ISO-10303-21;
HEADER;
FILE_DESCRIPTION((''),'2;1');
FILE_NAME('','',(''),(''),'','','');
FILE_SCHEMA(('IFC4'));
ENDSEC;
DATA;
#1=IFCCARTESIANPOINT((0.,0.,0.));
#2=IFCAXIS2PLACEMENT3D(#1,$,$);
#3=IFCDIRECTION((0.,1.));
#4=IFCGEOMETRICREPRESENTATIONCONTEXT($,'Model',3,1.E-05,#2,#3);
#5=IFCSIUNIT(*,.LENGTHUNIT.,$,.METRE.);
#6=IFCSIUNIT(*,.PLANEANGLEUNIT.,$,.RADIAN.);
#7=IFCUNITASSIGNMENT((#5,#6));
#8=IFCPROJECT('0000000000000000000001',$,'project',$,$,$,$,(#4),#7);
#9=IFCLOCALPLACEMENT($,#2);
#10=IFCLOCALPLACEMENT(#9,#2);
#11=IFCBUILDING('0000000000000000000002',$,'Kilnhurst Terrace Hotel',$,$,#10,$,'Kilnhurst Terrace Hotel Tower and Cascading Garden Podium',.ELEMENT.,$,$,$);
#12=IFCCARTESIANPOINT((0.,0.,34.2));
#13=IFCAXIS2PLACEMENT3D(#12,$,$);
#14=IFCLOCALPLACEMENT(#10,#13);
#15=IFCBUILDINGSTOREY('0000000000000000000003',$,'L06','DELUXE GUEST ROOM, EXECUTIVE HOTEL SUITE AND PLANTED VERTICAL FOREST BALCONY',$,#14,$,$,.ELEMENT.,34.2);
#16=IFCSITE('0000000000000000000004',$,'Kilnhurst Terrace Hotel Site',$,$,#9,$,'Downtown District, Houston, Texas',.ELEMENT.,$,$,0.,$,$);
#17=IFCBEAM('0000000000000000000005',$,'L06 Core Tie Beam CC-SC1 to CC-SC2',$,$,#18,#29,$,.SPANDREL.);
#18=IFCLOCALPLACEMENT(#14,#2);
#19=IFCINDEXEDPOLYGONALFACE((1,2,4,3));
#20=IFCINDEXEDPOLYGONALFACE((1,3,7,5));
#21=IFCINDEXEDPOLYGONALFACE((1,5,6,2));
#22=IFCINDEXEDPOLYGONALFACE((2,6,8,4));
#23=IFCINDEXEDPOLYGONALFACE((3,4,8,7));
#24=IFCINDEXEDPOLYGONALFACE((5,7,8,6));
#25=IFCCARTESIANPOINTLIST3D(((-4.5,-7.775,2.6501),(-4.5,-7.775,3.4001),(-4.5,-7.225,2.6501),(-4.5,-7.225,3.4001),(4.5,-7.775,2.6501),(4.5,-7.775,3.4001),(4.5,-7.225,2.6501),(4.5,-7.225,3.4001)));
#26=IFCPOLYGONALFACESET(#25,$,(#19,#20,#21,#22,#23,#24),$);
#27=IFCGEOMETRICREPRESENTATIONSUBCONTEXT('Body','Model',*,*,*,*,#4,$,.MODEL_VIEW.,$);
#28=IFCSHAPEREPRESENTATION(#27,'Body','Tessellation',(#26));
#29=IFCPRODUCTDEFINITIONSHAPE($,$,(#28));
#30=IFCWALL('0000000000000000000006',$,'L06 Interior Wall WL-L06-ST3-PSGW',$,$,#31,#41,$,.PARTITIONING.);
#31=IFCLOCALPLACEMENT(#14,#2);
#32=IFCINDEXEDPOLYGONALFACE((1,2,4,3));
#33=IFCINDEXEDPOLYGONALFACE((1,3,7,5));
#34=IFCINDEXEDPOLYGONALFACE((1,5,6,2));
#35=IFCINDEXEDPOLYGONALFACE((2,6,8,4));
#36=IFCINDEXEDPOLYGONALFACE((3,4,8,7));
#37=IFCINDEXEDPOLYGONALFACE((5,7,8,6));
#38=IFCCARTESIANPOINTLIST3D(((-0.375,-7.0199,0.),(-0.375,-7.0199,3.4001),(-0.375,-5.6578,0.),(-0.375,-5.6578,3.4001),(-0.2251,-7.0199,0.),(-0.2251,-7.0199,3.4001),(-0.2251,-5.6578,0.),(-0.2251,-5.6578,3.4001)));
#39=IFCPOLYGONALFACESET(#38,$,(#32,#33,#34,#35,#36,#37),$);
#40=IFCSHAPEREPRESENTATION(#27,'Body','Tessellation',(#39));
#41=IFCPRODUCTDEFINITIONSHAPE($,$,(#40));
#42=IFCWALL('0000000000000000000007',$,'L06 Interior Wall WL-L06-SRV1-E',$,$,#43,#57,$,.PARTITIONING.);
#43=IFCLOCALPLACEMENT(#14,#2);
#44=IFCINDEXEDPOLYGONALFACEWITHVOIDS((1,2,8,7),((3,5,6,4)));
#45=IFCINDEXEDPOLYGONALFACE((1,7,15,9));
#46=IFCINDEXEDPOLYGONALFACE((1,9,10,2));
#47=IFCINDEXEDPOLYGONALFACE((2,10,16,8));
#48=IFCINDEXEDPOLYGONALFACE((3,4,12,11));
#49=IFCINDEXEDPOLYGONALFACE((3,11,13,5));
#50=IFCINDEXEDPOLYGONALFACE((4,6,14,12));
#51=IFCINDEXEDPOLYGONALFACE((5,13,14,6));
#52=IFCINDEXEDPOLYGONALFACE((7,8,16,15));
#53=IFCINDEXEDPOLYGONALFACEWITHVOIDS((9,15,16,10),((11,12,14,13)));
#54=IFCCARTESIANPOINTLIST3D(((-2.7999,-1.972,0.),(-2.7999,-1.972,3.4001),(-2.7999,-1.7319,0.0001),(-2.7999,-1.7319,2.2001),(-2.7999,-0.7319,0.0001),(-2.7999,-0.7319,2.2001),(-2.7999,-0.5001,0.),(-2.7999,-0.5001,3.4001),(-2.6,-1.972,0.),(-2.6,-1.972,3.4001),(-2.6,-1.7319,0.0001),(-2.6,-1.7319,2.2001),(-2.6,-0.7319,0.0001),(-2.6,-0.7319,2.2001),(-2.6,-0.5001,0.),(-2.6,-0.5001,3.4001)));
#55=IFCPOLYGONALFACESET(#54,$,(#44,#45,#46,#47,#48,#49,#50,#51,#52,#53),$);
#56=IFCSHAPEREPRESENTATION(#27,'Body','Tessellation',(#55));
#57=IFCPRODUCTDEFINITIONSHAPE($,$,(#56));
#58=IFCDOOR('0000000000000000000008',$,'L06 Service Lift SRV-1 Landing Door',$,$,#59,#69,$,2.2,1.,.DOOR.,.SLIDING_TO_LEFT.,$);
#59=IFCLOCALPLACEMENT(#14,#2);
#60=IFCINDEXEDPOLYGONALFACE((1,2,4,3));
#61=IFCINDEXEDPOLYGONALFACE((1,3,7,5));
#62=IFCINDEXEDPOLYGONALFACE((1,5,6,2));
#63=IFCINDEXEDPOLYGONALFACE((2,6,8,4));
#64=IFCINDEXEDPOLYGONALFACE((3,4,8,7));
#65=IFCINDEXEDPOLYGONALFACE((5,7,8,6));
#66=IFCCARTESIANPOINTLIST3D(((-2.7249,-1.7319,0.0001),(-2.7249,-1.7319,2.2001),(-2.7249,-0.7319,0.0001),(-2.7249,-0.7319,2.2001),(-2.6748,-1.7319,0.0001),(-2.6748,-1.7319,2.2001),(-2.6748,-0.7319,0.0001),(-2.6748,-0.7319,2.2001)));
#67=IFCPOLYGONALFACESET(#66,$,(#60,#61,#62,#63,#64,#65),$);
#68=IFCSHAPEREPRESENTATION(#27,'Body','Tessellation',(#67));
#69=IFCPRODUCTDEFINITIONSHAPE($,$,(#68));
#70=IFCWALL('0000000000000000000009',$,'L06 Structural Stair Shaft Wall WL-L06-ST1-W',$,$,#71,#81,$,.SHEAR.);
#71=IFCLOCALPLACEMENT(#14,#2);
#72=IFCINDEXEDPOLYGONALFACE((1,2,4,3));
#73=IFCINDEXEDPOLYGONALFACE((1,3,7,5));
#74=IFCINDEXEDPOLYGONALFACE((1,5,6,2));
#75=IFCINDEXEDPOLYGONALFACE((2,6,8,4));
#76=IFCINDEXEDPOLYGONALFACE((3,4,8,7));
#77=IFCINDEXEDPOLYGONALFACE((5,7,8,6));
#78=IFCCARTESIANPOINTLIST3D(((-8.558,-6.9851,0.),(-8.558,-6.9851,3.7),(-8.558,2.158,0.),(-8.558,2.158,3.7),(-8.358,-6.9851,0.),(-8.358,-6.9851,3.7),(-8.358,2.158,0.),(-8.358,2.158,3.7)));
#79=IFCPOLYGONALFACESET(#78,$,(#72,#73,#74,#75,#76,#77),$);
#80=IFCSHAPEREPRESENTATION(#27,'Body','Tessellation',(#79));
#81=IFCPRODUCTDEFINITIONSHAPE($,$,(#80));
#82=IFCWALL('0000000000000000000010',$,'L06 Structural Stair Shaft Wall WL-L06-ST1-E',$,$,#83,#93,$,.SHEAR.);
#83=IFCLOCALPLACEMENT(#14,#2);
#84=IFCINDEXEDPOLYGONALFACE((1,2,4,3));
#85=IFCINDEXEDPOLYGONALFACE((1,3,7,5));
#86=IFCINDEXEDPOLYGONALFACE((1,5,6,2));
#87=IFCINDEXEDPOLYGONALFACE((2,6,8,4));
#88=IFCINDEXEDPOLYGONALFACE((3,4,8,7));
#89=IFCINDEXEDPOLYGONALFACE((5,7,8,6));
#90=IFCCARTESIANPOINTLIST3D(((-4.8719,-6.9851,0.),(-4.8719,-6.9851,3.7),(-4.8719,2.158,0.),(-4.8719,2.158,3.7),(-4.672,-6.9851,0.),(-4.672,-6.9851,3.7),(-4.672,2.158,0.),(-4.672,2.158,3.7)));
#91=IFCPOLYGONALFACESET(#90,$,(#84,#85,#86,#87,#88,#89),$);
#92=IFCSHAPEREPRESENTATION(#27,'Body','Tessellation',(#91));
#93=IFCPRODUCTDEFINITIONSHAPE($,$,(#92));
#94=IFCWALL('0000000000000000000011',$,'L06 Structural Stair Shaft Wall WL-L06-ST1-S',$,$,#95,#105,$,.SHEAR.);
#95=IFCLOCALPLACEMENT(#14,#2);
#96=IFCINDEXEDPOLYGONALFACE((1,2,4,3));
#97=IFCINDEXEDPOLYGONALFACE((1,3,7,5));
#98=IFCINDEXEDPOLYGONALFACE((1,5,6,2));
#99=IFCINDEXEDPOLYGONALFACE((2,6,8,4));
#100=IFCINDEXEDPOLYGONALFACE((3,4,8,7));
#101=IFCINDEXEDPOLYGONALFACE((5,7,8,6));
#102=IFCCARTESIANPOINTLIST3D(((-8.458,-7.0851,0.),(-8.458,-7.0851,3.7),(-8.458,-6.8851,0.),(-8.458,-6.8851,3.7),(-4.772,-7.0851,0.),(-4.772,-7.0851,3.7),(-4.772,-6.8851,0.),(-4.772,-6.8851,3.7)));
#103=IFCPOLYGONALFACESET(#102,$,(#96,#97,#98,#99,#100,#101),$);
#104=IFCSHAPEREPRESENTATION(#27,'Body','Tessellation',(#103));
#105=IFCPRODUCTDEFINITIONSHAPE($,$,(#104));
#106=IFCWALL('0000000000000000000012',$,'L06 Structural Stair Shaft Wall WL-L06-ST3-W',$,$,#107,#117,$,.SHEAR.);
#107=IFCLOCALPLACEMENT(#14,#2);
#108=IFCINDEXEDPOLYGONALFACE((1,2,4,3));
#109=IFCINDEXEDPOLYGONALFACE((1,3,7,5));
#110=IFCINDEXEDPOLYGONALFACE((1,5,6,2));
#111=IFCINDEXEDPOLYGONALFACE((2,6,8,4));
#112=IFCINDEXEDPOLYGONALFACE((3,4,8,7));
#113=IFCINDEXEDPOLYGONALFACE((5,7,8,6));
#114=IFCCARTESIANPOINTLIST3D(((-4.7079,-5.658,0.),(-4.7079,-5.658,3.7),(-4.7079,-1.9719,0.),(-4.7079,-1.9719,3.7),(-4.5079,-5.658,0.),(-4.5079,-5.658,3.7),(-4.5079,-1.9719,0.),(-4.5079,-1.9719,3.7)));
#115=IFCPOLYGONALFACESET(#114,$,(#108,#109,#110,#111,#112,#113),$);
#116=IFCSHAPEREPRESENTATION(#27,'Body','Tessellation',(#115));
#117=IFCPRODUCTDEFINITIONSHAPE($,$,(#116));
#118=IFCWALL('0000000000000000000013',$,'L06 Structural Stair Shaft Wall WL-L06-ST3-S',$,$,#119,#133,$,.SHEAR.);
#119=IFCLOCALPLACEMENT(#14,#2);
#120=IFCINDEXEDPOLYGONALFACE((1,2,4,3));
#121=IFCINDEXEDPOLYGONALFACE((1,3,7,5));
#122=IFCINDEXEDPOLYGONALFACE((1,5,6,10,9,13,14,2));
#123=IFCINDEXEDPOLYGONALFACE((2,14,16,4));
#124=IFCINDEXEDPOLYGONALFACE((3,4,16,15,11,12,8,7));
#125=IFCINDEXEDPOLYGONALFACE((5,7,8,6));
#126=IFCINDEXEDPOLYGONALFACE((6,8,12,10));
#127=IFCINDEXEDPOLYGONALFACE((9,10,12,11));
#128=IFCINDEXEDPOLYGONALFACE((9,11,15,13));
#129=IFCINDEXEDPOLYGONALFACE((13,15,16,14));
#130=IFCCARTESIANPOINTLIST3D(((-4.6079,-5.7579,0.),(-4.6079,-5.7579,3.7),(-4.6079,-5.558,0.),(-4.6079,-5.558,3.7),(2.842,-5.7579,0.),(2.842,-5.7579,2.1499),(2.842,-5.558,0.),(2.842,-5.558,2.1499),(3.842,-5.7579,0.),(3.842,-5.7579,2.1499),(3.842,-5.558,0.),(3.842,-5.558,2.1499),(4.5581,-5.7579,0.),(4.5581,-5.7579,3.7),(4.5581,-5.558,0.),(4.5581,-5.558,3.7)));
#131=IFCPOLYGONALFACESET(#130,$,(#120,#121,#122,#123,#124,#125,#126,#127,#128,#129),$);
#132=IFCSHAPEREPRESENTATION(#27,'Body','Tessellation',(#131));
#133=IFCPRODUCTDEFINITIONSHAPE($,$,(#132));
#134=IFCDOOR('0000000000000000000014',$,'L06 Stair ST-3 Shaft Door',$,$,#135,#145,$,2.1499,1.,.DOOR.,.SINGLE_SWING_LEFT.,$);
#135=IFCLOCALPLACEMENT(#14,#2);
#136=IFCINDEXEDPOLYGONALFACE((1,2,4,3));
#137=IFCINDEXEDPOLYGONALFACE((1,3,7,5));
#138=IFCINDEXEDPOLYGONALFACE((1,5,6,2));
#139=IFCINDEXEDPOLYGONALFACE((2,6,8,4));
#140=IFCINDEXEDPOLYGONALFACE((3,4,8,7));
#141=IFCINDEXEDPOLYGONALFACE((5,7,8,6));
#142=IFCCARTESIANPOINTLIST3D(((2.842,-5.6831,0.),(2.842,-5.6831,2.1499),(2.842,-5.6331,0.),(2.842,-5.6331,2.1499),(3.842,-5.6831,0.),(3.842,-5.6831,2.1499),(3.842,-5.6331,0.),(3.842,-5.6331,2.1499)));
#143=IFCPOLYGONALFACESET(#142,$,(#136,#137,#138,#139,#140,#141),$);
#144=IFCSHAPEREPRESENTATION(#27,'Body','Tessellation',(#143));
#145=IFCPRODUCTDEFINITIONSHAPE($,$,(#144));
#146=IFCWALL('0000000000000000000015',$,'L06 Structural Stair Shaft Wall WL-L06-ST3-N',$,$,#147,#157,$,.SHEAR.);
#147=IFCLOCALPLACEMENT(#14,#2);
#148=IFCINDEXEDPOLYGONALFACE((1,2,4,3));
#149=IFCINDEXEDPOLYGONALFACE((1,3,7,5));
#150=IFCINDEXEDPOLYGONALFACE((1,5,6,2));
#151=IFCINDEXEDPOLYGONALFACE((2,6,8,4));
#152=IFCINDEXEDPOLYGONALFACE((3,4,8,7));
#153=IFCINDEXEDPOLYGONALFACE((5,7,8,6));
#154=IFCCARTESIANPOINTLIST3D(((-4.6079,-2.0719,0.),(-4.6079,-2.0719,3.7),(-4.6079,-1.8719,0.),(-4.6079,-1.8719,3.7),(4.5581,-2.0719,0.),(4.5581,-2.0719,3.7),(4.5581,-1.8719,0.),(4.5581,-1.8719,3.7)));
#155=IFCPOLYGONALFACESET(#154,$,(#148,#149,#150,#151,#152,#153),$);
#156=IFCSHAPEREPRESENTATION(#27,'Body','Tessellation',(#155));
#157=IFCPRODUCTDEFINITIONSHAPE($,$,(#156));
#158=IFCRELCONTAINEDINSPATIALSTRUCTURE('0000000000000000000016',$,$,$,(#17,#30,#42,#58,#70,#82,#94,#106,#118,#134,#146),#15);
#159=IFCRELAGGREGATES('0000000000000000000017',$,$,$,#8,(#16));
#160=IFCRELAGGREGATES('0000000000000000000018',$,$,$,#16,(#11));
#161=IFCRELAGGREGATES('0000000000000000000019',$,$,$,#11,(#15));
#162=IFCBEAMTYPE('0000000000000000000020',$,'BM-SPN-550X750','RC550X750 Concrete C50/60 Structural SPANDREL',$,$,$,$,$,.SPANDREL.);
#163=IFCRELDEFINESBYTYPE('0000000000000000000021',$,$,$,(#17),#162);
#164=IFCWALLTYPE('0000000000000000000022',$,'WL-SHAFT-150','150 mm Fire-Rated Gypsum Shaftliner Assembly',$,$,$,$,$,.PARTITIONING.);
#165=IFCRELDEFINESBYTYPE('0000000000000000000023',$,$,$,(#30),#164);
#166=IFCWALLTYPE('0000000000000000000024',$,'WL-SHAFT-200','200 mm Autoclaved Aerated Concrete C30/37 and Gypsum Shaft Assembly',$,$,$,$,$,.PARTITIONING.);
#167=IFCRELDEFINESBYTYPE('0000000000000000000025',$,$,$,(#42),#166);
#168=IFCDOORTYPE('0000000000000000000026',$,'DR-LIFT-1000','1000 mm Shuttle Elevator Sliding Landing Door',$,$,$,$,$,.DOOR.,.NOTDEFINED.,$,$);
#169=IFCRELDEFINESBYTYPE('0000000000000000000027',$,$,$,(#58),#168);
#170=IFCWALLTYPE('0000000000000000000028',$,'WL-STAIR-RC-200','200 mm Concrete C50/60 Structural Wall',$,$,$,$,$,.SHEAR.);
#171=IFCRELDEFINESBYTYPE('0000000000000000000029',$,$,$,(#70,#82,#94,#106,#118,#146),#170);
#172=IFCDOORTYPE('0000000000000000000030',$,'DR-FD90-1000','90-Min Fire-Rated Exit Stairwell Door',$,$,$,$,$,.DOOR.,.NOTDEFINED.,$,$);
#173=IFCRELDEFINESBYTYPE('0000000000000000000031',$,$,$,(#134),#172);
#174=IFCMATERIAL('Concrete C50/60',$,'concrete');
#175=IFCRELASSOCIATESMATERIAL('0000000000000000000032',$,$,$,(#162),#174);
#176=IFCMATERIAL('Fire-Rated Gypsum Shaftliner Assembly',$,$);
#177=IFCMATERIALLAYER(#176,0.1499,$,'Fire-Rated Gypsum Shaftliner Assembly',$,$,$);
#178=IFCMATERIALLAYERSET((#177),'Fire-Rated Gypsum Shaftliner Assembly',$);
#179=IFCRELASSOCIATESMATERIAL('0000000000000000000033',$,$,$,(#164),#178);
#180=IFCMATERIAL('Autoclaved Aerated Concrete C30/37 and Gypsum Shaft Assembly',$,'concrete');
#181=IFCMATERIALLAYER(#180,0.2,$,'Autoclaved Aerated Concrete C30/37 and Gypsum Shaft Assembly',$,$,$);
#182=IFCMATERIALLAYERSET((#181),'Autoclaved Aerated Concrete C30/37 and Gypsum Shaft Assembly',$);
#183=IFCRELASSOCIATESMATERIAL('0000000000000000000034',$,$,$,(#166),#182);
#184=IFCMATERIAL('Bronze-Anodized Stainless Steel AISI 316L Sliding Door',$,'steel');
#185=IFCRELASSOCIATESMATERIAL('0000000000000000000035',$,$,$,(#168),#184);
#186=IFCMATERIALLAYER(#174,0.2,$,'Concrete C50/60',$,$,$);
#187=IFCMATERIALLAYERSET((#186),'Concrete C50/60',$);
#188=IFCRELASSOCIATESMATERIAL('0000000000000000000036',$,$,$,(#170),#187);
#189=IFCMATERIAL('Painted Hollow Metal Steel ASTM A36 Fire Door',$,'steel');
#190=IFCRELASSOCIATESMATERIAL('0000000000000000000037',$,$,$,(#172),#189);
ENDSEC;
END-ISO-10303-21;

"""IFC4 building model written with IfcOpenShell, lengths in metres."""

from ifc_helpers import new_model, si_unit, direction, frame, frame_2d, origin, origin_2d, place, context, subcontext, project, spatial, rectangle, extrude, material, layer, layer_set, material_profile, profile_set, type_object, element, fill, save


model = new_model("IFC4")

# Units and contexts
model_context = context("Model", 3, precision=1e-05, world=origin(), true_north=direction((0.0, 1.0)))
body_context = subcontext(model_context, "Body", "Model", "MODEL_VIEW")
ifc_project = project(units=[si_unit("LENGTHUNIT", "METRE"), si_unit("PLANEANGLEUNIT", "RADIAN")], contexts=[model_context])

# Site, building, storey
site_placement = place(None, origin())
site = spatial("IfcSite", under=ifc_project, at=site_placement, Name="Kilnhurst Terrace Hotel Site", LongName="Downtown District, Houston, Texas", CompositionType="ELEMENT", RefElevation=0.0)
building_placement = place(site_placement, origin())
building = spatial("IfcBuilding", under=site, at=building_placement, Name="Kilnhurst Terrace Hotel", LongName="Kilnhurst Terrace Hotel Tower and Cascading Garden Podium", CompositionType="ELEMENT")
storey_placement = place(building_placement, frame((0.0, 0.0, 34.2)))
storey = spatial("IfcBuildingStorey", under=building, at=storey_placement, Name="L06", Description="DELUXE GUEST ROOM, EXECUTIVE HOTEL SUITE AND PLANTED VERTICAL FOREST BALCONY", CompositionType="ELEMENT", Elevation=34.2)

# Beam
ifc_material_1 = material(Name="Concrete C50/60", Category="concrete")
ifc_material_profile = material_profile(ifc_material_1, rectangle(XDim=0.55, YDim=0.75, at=origin_2d()), Name="RC550X750")
ifc_profile_set = profile_set([ifc_material_profile], Name="Concrete C50/60")
beam_type = type_object("IfcBeamType", Name="BM-SPN-550X750", Description="RC550X750 Concrete C50/60 Structural SPANDREL", PredefinedType="SPANDREL", material=ifc_profile_set)
beam_placement = place(storey_placement, frame((-4.5, -7.5, 3.0251), z_axis=(1.0, 0.0, 0.0), x_axis=(0.0, 1.0, 0.0)))
element("IfcBeam", 1, at=beam_placement, inside=storey, type_object=beam_type, Name="L06 Core Tie Beam CC-SC1 to CC-SC2", PredefinedType="SPANDREL", context=body_context, shape_type="SweptSolid", body=[
    extrude(rectangle(XDim=0.55, YDim=0.75, at=origin_2d()), origin(), (0.0, 0.0, 1.0), 9.0),
])

# Shared definitions
ifc_material_2 = material(Name="Painted Hollow Metal Steel ASTM A36 Fire Door", Category="steel")

# Wall
ifc_material_3 = material(Name="Fire-Rated Gypsum Shaftliner Assembly")
ifc_layer_1 = layer(ifc_material_3, 0.1499, Name="Fire-Rated Gypsum Shaftliner Assembly")
ifc_layer_set_1 = layer_set([ifc_layer_1], Name="Fire-Rated Gypsum Shaftliner Assembly")
wall_type_1 = type_object("IfcWallType", Name="WL-SHAFT-150", Description="150 mm Fire-Rated Gypsum Shaftliner Assembly", PredefinedType="PARTITIONING", material=ifc_layer_set_1)
wall_1_placement = place(storey_placement, frame((-0.3, -7.02, 0.0), z_axis=(0.0, 0.0, 1.0), x_axis=(0.0, 1.0, 0.0)))
element("IfcWall", 2, at=wall_1_placement, inside=storey, type_object=wall_type_1, Name="L06 Interior Wall WL-L06-ST3-PSGW", PredefinedType="PARTITIONING", context=body_context, shape_type="SweptSolid", body=[
    extrude(rectangle(XDim=1.3621, YDim=0.1499, at=frame_2d((0.6812, 0.0))), origin(), (0.0, 0.0, 1.0), 3.4001),
])

# Wall, opening, door
ifc_material_4 = material(Name="Autoclaved Aerated Concrete C30/37 and Gypsum Shaft Assembly", Category="concrete")
ifc_layer_2 = layer(ifc_material_4, 0.2, Name="Autoclaved Aerated Concrete C30/37 and Gypsum Shaft Assembly")
ifc_layer_set_2 = layer_set([ifc_layer_2], Name="Autoclaved Aerated Concrete C30/37 and Gypsum Shaft Assembly")
wall_type_2 = type_object("IfcWallType", Name="WL-SHAFT-200", Description="200 mm Autoclaved Aerated Concrete C30/37 and Gypsum Shaft Assembly", PredefinedType="PARTITIONING", material=ifc_layer_set_2)
wall_2_placement = place(storey_placement, frame((-2.7, -1.9719, 0.0), z_axis=(0.0, 0.0, 1.0), x_axis=(0.0, 1.0, 0.0)))
wall_2 = element("IfcWall", 3, at=wall_2_placement, inside=storey, type_object=wall_type_2, Name="L06 Interior Wall WL-L06-SRV1-E", PredefinedType="PARTITIONING", context=body_context, shape_type="SweptSolid", body=[
    extrude(rectangle(XDim=1.4719, YDim=0.2, at=frame_2d((0.7358, 0.0))), origin(), (0.0, 0.0, 1.0), 3.4001),
])
opening_1_placement = place(wall_2_placement, frame((0.24, 0.0, 0.0)))
opening_1 = element("IfcOpeningElement", 4, at=opening_1_placement, cuts=wall_2, PredefinedType="OPENING", context=body_context, shape_type="SweptSolid", body=[
    extrude(rectangle(XDim=1.0, YDim=2.2, at=frame_2d((0.5, 1.1001))), frame((0.0, 0.1099, 0.0), z_axis=(0.0, -1.0, 0.0), x_axis=(1.0, 0.0, 0.0)), (0.0, 0.0, 1.0), 0.22),
])
ifc_material_5 = material(Name="Bronze-Anodized Stainless Steel AISI 316L Sliding Door", Category="steel")
door_type_1 = type_object("IfcDoorType", Name="DR-LIFT-1000", Description="1000 mm Shuttle Elevator Sliding Landing Door", OperationType="NOTDEFINED", PredefinedType="DOOR", material=ifc_material_5)
door_1_placement = place(opening_1_placement, origin())
door_1 = element("IfcDoor", 5, at=door_1_placement, inside=storey, type_object=door_type_1, Name="L06 Service Lift SRV-1 Landing Door", OperationType="SLIDING_TO_LEFT", OverallHeight=2.2, OverallWidth=1.0, PredefinedType="DOOR", context=body_context, shape_type="SweptSolid", body=[
    extrude(rectangle(XDim=1.0, YDim=2.2, at=frame_2d((0.5, 1.1001))), frame((0.0, 0.0249, 0.0), z_axis=(0.0, -1.0, 0.0), x_axis=(1.0, 0.0, 0.0)), (0.0, 0.0, 1.0), 0.05),
])
fill(opening_1, door_1)

# Walls
ifc_layer_3 = layer(ifc_material_1, 0.2, Name="Concrete C50/60")
ifc_layer_set_3 = layer_set([ifc_layer_3], Name="Concrete C50/60")
wall_type_3 = type_object("IfcWallType", Name="WL-STAIR-RC-200", Description="200 mm Concrete C50/60 Structural Wall", PredefinedType="SHEAR", material=ifc_layer_set_3)
for number, where, z_axis, x_axis, name in (
    (6, (-8.458, -6.9851, 0.0), (0.0, 0.0, 1.0), (0.0, 1.0, 0.0), "L06 Structural Stair Shaft Wall WL-L06-ST1-W"),
    (7, (-4.772, -6.9851, 0.0), (0.0, 0.0, 1.0), (0.0, 1.0, 0.0), "L06 Structural Stair Shaft Wall WL-L06-ST1-E"),
):
    element("IfcWall", number, at=place(storey_placement, frame(where, z_axis=z_axis, x_axis=x_axis)), inside=storey, type_object=wall_type_3, Name=name, PredefinedType="SHEAR", context=body_context, shape_type="SweptSolid", body=[
        extrude(rectangle(XDim=9.1431, YDim=0.2, at=frame_2d((4.5715, 0.0))), origin(), (0.0, 0.0, 1.0), 3.7),
    ])
for number, where, z_axis, x_axis, name in (
    (8, (-8.458, -6.9851, 0.0), (0.0, 0.0, 1.0), (1.0, 0.0, 0.0), "L06 Structural Stair Shaft Wall WL-L06-ST1-S"),
    (9, (-4.6079, -5.658, 0.0), (0.0, 0.0, 1.0), (0.0, 1.0, 0.0), "L06 Structural Stair Shaft Wall WL-L06-ST3-W"),
):
    element("IfcWall", number, at=place(storey_placement, frame(where, z_axis=z_axis, x_axis=x_axis)), inside=storey, type_object=wall_type_3, Name=name, PredefinedType="SHEAR", context=body_context, shape_type="SweptSolid", body=[
        extrude(rectangle(XDim=3.686, YDim=0.2, at=frame_2d((1.843, 0.0))), origin(), (0.0, 0.0, 1.0), 3.7),
    ])

# Wall, opening, door
wall_3_placement = place(storey_placement, frame((-4.6079, -5.658, 0.0), z_axis=(0.0, 0.0, 1.0), x_axis=(1.0, 0.0, 0.0)))
wall_3 = element("IfcWall", 10, at=wall_3_placement, inside=storey, type_object=wall_type_3, Name="L06 Structural Stair Shaft Wall WL-L06-ST3-S", PredefinedType="SHEAR", context=body_context, shape_type="SweptSolid", body=[
    extrude(rectangle(XDim=9.166, YDim=0.2, at=frame_2d((4.583, 0.0))), origin(), (0.0, 0.0, 1.0), 3.7),
])
opening_2_placement = place(wall_3_placement, frame((7.45, 0.0, 0.0)))
opening_2 = element("IfcOpeningElement", 11, at=opening_2_placement, cuts=wall_3, PredefinedType="OPENING", context=body_context, shape_type="SweptSolid", body=[
    extrude(rectangle(XDim=1.0, YDim=2.1499, at=frame_2d((0.5, 1.075))), frame((0.0, 0.1099, 0.0), z_axis=(0.0, -1.0, 0.0), x_axis=(1.0, 0.0, 0.0)), (0.0, 0.0, 1.0), 0.22),
])
door_type_2 = type_object("IfcDoorType", Name="DR-FD90-1000", Description="90-Min Fire-Rated Exit Stairwell Door", OperationType="NOTDEFINED", PredefinedType="DOOR", material=ifc_material_2)
door_2_placement = place(opening_2_placement, origin())
door_2 = element("IfcDoor", 12, at=door_2_placement, inside=storey, type_object=door_type_2, Name="L06 Stair ST-3 Shaft Door", OperationType="SINGLE_SWING_LEFT", OverallHeight=2.1499, OverallWidth=1.0, PredefinedType="DOOR", context=body_context, shape_type="SweptSolid", body=[
    extrude(rectangle(XDim=1.0, YDim=2.1499, at=frame_2d((0.5, 1.075))), frame((0.0, 0.0249, 0.0), z_axis=(0.0, -1.0, 0.0), x_axis=(1.0, 0.0, 0.0)), (0.0, 0.0, 1.0), 0.05),
])
fill(opening_2, door_2)

# Wall
wall_4_placement = place(storey_placement, frame((-4.6079, -1.9719, 0.0), z_axis=(0.0, 0.0, 1.0), x_axis=(1.0, 0.0, 0.0)))
element("IfcWall", 13, at=wall_4_placement, inside=storey, type_object=wall_type_3, Name="L06 Structural Stair Shaft Wall WL-L06-ST3-N", PredefinedType="SHEAR", context=body_context, shape_type="SweptSolid", body=[
    extrude(rectangle(XDim=9.166, YDim=0.2, at=frame_2d((4.583, 0.0))), origin(), (0.0, 0.0, 1.0), 3.7),
])

save(model, "model.ifc")
